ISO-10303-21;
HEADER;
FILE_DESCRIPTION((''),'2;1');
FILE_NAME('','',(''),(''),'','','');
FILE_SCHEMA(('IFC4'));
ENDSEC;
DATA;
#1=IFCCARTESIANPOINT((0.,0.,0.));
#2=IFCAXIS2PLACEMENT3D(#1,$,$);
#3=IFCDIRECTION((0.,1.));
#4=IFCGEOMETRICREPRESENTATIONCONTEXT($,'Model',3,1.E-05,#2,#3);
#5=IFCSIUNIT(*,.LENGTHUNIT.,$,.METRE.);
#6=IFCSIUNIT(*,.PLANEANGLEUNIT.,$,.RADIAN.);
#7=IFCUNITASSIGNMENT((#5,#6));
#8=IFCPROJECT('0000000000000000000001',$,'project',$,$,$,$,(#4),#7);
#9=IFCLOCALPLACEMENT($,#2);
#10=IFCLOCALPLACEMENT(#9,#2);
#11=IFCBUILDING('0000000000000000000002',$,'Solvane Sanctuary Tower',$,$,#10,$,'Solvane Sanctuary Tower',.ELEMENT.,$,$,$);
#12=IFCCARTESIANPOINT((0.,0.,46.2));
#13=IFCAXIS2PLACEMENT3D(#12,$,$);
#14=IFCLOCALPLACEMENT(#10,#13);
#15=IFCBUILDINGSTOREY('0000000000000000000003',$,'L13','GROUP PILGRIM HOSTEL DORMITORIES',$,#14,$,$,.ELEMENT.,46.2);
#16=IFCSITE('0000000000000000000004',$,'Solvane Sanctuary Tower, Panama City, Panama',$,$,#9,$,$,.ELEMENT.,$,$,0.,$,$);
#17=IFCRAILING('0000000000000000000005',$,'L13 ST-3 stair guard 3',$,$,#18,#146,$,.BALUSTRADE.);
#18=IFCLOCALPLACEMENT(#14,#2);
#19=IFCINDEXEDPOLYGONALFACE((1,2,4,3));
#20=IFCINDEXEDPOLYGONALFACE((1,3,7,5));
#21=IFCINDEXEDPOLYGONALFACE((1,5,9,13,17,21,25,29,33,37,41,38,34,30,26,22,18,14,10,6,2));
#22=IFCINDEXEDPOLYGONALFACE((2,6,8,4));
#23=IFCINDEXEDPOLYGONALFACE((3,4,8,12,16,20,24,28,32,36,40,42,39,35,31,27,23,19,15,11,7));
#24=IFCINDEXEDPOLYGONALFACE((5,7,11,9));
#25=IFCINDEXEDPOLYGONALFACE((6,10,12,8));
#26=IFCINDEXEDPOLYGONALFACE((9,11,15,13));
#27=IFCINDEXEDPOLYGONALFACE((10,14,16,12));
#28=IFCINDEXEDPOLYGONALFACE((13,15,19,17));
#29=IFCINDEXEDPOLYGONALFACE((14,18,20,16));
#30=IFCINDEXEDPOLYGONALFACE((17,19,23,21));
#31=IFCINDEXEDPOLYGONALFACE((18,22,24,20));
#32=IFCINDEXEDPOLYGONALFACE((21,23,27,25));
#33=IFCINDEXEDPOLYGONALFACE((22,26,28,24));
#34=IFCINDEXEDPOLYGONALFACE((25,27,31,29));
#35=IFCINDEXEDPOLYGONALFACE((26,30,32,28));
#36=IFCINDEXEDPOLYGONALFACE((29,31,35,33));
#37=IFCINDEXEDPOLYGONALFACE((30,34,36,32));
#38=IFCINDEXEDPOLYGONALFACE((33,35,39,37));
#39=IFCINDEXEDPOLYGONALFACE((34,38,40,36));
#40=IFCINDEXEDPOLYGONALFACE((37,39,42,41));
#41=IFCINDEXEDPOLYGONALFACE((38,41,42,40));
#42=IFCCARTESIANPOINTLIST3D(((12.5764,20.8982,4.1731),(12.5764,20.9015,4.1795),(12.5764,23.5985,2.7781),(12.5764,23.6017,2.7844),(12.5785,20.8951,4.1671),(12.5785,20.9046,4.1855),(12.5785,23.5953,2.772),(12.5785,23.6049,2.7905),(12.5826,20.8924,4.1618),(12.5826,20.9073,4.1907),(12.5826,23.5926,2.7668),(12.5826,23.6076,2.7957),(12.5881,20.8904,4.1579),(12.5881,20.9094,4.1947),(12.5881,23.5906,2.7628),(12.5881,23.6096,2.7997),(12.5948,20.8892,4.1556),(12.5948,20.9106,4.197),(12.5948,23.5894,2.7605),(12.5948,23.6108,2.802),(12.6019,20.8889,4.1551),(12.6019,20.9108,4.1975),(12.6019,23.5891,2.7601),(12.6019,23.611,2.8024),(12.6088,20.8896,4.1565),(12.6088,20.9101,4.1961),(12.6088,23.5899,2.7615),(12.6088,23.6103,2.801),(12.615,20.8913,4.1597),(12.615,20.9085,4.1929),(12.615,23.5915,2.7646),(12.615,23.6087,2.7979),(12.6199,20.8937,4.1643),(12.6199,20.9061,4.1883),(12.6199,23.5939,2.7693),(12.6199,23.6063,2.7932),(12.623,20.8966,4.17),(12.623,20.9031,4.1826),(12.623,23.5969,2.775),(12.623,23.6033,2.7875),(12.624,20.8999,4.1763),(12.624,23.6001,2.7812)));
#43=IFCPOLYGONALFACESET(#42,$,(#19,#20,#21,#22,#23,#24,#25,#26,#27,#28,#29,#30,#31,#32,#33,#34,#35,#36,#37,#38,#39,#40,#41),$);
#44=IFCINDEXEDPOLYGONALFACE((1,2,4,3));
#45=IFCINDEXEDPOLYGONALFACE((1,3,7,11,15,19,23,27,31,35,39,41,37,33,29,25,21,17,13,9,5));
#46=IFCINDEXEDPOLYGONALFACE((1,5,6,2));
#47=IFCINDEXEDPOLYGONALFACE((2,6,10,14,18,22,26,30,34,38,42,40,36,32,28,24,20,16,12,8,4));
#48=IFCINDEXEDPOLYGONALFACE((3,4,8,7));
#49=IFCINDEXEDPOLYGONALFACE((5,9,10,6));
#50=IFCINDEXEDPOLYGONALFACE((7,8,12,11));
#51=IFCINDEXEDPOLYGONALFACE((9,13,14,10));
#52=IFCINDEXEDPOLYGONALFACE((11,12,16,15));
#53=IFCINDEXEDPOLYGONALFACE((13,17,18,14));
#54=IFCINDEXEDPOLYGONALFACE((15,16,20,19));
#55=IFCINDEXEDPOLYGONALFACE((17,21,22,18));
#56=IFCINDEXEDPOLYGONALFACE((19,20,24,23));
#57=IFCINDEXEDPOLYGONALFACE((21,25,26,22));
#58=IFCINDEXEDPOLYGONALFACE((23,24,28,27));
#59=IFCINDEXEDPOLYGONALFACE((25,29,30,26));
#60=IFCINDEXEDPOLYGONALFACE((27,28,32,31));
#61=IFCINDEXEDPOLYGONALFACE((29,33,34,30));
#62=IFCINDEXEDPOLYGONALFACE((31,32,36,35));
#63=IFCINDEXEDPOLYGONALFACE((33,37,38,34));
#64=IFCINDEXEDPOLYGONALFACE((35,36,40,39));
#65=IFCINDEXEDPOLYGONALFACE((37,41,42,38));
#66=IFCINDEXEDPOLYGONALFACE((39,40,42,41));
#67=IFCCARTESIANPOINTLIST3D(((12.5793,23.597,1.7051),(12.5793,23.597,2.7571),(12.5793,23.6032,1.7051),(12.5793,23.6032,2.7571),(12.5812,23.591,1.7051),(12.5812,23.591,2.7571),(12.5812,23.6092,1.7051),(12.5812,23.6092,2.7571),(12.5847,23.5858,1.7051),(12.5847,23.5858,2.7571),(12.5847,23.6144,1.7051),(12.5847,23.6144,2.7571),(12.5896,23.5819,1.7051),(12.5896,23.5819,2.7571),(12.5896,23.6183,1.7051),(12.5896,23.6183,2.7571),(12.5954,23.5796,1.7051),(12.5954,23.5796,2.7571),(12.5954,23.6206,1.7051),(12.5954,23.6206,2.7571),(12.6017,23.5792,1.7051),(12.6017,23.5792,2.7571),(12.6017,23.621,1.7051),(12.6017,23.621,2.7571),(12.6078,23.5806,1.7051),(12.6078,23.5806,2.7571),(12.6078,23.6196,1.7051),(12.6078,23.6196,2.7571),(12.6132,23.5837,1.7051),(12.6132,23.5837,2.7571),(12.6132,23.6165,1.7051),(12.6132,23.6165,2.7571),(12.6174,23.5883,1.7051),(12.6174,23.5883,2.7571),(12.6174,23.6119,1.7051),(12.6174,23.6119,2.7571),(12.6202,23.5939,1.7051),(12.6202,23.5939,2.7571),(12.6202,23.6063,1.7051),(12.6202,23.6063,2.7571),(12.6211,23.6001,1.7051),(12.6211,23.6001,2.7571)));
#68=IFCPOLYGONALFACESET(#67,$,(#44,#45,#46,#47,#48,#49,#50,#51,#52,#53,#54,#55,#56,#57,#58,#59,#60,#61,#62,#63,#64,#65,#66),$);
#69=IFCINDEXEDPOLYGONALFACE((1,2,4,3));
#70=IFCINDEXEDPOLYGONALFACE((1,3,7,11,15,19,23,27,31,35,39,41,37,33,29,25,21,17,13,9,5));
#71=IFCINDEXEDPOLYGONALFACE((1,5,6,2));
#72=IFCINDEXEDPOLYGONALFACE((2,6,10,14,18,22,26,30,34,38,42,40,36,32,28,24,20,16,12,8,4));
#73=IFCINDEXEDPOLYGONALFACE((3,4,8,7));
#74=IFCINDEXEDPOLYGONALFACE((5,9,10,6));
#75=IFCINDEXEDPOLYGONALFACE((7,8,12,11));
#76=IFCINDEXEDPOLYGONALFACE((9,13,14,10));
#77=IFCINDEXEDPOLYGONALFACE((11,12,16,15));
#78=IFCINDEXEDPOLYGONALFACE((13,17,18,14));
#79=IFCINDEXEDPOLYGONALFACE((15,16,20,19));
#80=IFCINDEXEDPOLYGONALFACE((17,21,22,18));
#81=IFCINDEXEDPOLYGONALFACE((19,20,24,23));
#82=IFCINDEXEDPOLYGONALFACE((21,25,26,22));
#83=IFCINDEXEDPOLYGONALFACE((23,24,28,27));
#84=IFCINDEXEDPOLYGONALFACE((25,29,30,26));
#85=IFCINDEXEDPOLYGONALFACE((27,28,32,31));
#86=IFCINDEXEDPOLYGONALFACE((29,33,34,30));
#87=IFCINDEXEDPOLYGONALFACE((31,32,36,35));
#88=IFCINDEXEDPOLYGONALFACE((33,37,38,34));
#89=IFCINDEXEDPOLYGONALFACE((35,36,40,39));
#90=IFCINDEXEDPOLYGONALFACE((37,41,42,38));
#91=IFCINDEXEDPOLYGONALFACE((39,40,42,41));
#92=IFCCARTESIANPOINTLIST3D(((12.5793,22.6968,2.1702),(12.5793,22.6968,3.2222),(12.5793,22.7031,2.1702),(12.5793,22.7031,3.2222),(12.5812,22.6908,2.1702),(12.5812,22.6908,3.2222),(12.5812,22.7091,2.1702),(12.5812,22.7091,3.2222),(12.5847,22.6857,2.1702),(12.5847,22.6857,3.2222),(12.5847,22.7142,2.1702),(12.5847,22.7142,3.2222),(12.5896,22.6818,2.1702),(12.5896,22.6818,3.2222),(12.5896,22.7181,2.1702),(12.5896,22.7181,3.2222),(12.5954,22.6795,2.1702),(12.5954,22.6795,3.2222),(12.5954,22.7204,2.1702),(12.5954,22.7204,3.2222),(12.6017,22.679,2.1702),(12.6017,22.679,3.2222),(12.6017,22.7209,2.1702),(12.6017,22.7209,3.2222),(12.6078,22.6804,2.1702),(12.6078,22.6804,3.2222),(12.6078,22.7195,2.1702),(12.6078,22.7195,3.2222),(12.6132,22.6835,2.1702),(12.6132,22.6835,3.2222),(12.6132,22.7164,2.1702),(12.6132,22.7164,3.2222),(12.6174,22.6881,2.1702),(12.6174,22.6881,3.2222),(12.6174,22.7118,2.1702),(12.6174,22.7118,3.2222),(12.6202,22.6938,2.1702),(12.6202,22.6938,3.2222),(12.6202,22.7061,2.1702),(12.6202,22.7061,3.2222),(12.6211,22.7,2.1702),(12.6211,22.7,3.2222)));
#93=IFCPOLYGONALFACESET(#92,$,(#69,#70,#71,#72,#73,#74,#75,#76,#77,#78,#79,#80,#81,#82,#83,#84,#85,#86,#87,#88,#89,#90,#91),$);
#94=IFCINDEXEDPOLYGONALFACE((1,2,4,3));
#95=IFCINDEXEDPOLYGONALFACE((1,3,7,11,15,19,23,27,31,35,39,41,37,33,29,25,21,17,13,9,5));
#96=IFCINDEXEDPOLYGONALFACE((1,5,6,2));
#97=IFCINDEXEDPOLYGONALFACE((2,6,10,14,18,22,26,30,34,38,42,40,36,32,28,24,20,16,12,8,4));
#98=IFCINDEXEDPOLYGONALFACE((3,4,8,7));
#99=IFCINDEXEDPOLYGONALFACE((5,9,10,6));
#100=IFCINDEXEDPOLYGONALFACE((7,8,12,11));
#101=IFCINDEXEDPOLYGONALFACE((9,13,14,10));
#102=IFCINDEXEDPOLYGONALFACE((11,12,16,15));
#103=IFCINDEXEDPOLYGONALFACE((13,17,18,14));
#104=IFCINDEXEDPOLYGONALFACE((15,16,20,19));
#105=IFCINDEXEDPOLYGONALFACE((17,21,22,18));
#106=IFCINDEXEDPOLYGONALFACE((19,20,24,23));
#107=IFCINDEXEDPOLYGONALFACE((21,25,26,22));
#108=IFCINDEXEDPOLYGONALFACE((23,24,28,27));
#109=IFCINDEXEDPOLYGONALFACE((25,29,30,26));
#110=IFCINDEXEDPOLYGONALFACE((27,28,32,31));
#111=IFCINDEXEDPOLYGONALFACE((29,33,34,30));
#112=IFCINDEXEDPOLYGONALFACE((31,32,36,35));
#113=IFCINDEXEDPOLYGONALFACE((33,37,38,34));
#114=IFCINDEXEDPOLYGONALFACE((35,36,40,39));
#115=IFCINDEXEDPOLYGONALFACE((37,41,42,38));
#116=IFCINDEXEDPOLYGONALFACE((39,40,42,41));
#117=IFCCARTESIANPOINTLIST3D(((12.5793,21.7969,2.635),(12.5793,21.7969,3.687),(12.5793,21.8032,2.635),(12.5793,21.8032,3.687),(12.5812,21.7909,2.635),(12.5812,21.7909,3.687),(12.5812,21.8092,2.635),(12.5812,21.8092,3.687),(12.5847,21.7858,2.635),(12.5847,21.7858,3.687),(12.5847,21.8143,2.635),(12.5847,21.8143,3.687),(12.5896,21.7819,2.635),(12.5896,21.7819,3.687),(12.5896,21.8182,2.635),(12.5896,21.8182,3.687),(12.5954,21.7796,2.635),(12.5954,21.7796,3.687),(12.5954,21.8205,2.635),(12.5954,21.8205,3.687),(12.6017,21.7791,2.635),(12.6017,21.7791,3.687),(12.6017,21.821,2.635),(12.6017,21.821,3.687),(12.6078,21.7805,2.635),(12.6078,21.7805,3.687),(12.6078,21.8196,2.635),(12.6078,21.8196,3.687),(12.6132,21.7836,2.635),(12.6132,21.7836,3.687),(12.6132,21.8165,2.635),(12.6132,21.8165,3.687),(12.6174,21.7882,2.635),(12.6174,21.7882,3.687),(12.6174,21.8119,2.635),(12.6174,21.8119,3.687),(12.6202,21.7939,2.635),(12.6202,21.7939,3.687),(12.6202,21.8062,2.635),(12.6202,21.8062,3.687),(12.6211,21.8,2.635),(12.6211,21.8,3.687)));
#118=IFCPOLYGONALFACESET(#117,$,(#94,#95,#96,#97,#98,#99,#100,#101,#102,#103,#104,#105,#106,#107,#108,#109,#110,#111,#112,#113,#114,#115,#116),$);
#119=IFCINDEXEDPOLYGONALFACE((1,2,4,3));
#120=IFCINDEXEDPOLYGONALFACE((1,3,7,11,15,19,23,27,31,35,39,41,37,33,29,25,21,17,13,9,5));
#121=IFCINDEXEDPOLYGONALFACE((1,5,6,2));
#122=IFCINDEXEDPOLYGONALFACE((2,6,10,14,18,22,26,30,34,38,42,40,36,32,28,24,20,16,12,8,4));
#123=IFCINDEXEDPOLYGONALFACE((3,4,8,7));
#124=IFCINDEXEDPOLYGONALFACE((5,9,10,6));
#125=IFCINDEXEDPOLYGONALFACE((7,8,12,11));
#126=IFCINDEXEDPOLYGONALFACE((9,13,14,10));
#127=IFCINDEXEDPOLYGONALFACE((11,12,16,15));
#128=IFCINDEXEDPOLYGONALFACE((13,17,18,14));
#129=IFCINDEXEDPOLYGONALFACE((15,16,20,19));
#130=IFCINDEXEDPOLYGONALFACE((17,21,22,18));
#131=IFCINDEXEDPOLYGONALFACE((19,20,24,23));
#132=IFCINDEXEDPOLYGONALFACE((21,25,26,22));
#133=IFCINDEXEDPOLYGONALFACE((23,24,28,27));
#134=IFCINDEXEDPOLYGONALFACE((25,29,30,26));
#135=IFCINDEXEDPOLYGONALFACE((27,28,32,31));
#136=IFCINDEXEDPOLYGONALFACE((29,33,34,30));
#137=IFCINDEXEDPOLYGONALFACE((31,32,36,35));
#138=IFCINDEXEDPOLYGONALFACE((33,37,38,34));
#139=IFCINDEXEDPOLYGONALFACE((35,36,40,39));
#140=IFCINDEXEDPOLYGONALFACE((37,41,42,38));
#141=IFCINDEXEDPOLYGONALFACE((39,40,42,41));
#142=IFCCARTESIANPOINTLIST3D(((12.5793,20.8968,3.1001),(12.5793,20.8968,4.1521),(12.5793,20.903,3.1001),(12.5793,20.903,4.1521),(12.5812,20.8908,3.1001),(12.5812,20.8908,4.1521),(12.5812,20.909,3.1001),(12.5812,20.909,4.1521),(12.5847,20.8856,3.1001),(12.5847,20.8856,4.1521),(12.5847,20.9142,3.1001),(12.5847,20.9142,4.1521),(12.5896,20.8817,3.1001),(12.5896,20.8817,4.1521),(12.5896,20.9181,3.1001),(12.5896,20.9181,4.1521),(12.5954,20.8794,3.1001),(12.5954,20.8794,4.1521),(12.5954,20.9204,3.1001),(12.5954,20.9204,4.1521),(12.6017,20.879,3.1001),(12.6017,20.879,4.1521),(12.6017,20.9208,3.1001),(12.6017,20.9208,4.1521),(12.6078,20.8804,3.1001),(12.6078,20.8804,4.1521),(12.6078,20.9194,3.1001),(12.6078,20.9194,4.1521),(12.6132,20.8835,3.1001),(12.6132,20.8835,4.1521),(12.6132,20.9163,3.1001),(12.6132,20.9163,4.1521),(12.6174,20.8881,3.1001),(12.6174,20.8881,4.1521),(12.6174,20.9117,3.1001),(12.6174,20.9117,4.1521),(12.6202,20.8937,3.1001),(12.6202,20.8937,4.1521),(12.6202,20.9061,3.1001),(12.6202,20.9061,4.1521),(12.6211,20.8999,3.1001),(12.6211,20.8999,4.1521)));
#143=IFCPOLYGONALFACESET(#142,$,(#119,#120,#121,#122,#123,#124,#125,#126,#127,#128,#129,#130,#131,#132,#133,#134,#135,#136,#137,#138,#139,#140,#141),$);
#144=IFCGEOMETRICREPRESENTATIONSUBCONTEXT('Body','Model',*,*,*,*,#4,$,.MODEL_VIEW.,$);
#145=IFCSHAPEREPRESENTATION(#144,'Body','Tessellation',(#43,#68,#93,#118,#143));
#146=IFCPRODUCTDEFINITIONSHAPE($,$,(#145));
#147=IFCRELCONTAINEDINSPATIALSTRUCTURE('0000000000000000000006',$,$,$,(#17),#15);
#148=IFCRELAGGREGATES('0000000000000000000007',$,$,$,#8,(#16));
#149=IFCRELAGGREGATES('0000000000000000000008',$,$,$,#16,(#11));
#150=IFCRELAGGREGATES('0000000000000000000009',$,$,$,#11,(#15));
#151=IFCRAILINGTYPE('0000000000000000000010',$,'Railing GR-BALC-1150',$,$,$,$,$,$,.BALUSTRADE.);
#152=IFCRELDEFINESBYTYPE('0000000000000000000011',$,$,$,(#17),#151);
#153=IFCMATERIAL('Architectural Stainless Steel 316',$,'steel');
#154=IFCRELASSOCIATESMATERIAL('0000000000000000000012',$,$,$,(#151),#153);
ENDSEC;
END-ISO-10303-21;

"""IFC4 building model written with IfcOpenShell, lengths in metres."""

from ifc_helpers import new_model, si_unit, direction, frame, origin, origin_2d, place, context, subcontext, project, spatial, circle, extrude, material, type_object, element, save


model = new_model("IFC4")

# Units and contexts
model_context = context("Model", 3, precision=1e-05, world=origin(), true_north=direction((0.0, 1.0)))
body_context = subcontext(model_context, "Body", "Model", "MODEL_VIEW")
ifc_project = project(units=[si_unit("LENGTHUNIT", "METRE"), si_unit("PLANEANGLEUNIT", "RADIAN")], contexts=[model_context])

# Site, building, storey
site_placement = place(None, origin())
site = spatial("IfcSite", under=ifc_project, at=site_placement, Name="Solvane Sanctuary Tower, Panama City, Panama", CompositionType="ELEMENT", RefElevation=0.0)
building_placement = place(site_placement, origin())
building = spatial("IfcBuilding", under=site, at=building_placement, Name="Solvane Sanctuary Tower", LongName="Solvane Sanctuary Tower", CompositionType="ELEMENT")
storey_placement = place(building_placement, frame((0.0, 0.0, 46.2)))
storey = spatial("IfcBuildingStorey", under=building, at=storey_placement, Name="L13", Description="GROUP PILGRIM HOSTEL DORMITORIES", CompositionType="ELEMENT", Elevation=46.2)

# Shared definitions
ifc_material_1 = material(Name="Architectural Stainless Steel 316", Category="steel")

# Railing
railing_type_1 = type_object("IfcRailingType", Name="Railing GR-BALC-1150", PredefinedType="BALUSTRADE", material=ifc_material_1)
railing_1_placement = place(storey_placement, frame((12.6001, 23.6001, 1.7051)))
element("IfcRailing", 1, at=railing_1_placement, inside=storey, type_object=railing_type_1, Name="L13 ST-3 stair guard 3", PredefinedType="BALUSTRADE", context=body_context, shape_type="SweptSolid", body=[
    extrude(circle(Radius=0.0239, at=origin_2d()), frame((0.0, 0.0, 1.0762), z_axis=(0.0, -0.888437, 0.458999), x_axis=(1.0, 0.0, 0.0)), (0.0, 0.0, 1.0), 3.0393),
    extrude(circle(Radius=0.021, at=origin_2d()), origin(), (0.0, 0.0, 1.0), 1.052),
    extrude(circle(Radius=0.021, at=origin_2d()), frame((0.0, -0.9001, 0.4651)), (0.0, 0.0, 1.0), 1.052),
    extrude(circle(Radius=0.021, at=origin_2d()), frame((0.0, -1.8, 0.9299)), (0.0, 0.0, 1.0), 1.052),
    extrude(circle(Radius=0.021, at=origin_2d()), frame((0.0, -2.7002, 1.395)), (0.0, 0.0, 1.0), 1.052),
])

save(model, "model.ifc")
